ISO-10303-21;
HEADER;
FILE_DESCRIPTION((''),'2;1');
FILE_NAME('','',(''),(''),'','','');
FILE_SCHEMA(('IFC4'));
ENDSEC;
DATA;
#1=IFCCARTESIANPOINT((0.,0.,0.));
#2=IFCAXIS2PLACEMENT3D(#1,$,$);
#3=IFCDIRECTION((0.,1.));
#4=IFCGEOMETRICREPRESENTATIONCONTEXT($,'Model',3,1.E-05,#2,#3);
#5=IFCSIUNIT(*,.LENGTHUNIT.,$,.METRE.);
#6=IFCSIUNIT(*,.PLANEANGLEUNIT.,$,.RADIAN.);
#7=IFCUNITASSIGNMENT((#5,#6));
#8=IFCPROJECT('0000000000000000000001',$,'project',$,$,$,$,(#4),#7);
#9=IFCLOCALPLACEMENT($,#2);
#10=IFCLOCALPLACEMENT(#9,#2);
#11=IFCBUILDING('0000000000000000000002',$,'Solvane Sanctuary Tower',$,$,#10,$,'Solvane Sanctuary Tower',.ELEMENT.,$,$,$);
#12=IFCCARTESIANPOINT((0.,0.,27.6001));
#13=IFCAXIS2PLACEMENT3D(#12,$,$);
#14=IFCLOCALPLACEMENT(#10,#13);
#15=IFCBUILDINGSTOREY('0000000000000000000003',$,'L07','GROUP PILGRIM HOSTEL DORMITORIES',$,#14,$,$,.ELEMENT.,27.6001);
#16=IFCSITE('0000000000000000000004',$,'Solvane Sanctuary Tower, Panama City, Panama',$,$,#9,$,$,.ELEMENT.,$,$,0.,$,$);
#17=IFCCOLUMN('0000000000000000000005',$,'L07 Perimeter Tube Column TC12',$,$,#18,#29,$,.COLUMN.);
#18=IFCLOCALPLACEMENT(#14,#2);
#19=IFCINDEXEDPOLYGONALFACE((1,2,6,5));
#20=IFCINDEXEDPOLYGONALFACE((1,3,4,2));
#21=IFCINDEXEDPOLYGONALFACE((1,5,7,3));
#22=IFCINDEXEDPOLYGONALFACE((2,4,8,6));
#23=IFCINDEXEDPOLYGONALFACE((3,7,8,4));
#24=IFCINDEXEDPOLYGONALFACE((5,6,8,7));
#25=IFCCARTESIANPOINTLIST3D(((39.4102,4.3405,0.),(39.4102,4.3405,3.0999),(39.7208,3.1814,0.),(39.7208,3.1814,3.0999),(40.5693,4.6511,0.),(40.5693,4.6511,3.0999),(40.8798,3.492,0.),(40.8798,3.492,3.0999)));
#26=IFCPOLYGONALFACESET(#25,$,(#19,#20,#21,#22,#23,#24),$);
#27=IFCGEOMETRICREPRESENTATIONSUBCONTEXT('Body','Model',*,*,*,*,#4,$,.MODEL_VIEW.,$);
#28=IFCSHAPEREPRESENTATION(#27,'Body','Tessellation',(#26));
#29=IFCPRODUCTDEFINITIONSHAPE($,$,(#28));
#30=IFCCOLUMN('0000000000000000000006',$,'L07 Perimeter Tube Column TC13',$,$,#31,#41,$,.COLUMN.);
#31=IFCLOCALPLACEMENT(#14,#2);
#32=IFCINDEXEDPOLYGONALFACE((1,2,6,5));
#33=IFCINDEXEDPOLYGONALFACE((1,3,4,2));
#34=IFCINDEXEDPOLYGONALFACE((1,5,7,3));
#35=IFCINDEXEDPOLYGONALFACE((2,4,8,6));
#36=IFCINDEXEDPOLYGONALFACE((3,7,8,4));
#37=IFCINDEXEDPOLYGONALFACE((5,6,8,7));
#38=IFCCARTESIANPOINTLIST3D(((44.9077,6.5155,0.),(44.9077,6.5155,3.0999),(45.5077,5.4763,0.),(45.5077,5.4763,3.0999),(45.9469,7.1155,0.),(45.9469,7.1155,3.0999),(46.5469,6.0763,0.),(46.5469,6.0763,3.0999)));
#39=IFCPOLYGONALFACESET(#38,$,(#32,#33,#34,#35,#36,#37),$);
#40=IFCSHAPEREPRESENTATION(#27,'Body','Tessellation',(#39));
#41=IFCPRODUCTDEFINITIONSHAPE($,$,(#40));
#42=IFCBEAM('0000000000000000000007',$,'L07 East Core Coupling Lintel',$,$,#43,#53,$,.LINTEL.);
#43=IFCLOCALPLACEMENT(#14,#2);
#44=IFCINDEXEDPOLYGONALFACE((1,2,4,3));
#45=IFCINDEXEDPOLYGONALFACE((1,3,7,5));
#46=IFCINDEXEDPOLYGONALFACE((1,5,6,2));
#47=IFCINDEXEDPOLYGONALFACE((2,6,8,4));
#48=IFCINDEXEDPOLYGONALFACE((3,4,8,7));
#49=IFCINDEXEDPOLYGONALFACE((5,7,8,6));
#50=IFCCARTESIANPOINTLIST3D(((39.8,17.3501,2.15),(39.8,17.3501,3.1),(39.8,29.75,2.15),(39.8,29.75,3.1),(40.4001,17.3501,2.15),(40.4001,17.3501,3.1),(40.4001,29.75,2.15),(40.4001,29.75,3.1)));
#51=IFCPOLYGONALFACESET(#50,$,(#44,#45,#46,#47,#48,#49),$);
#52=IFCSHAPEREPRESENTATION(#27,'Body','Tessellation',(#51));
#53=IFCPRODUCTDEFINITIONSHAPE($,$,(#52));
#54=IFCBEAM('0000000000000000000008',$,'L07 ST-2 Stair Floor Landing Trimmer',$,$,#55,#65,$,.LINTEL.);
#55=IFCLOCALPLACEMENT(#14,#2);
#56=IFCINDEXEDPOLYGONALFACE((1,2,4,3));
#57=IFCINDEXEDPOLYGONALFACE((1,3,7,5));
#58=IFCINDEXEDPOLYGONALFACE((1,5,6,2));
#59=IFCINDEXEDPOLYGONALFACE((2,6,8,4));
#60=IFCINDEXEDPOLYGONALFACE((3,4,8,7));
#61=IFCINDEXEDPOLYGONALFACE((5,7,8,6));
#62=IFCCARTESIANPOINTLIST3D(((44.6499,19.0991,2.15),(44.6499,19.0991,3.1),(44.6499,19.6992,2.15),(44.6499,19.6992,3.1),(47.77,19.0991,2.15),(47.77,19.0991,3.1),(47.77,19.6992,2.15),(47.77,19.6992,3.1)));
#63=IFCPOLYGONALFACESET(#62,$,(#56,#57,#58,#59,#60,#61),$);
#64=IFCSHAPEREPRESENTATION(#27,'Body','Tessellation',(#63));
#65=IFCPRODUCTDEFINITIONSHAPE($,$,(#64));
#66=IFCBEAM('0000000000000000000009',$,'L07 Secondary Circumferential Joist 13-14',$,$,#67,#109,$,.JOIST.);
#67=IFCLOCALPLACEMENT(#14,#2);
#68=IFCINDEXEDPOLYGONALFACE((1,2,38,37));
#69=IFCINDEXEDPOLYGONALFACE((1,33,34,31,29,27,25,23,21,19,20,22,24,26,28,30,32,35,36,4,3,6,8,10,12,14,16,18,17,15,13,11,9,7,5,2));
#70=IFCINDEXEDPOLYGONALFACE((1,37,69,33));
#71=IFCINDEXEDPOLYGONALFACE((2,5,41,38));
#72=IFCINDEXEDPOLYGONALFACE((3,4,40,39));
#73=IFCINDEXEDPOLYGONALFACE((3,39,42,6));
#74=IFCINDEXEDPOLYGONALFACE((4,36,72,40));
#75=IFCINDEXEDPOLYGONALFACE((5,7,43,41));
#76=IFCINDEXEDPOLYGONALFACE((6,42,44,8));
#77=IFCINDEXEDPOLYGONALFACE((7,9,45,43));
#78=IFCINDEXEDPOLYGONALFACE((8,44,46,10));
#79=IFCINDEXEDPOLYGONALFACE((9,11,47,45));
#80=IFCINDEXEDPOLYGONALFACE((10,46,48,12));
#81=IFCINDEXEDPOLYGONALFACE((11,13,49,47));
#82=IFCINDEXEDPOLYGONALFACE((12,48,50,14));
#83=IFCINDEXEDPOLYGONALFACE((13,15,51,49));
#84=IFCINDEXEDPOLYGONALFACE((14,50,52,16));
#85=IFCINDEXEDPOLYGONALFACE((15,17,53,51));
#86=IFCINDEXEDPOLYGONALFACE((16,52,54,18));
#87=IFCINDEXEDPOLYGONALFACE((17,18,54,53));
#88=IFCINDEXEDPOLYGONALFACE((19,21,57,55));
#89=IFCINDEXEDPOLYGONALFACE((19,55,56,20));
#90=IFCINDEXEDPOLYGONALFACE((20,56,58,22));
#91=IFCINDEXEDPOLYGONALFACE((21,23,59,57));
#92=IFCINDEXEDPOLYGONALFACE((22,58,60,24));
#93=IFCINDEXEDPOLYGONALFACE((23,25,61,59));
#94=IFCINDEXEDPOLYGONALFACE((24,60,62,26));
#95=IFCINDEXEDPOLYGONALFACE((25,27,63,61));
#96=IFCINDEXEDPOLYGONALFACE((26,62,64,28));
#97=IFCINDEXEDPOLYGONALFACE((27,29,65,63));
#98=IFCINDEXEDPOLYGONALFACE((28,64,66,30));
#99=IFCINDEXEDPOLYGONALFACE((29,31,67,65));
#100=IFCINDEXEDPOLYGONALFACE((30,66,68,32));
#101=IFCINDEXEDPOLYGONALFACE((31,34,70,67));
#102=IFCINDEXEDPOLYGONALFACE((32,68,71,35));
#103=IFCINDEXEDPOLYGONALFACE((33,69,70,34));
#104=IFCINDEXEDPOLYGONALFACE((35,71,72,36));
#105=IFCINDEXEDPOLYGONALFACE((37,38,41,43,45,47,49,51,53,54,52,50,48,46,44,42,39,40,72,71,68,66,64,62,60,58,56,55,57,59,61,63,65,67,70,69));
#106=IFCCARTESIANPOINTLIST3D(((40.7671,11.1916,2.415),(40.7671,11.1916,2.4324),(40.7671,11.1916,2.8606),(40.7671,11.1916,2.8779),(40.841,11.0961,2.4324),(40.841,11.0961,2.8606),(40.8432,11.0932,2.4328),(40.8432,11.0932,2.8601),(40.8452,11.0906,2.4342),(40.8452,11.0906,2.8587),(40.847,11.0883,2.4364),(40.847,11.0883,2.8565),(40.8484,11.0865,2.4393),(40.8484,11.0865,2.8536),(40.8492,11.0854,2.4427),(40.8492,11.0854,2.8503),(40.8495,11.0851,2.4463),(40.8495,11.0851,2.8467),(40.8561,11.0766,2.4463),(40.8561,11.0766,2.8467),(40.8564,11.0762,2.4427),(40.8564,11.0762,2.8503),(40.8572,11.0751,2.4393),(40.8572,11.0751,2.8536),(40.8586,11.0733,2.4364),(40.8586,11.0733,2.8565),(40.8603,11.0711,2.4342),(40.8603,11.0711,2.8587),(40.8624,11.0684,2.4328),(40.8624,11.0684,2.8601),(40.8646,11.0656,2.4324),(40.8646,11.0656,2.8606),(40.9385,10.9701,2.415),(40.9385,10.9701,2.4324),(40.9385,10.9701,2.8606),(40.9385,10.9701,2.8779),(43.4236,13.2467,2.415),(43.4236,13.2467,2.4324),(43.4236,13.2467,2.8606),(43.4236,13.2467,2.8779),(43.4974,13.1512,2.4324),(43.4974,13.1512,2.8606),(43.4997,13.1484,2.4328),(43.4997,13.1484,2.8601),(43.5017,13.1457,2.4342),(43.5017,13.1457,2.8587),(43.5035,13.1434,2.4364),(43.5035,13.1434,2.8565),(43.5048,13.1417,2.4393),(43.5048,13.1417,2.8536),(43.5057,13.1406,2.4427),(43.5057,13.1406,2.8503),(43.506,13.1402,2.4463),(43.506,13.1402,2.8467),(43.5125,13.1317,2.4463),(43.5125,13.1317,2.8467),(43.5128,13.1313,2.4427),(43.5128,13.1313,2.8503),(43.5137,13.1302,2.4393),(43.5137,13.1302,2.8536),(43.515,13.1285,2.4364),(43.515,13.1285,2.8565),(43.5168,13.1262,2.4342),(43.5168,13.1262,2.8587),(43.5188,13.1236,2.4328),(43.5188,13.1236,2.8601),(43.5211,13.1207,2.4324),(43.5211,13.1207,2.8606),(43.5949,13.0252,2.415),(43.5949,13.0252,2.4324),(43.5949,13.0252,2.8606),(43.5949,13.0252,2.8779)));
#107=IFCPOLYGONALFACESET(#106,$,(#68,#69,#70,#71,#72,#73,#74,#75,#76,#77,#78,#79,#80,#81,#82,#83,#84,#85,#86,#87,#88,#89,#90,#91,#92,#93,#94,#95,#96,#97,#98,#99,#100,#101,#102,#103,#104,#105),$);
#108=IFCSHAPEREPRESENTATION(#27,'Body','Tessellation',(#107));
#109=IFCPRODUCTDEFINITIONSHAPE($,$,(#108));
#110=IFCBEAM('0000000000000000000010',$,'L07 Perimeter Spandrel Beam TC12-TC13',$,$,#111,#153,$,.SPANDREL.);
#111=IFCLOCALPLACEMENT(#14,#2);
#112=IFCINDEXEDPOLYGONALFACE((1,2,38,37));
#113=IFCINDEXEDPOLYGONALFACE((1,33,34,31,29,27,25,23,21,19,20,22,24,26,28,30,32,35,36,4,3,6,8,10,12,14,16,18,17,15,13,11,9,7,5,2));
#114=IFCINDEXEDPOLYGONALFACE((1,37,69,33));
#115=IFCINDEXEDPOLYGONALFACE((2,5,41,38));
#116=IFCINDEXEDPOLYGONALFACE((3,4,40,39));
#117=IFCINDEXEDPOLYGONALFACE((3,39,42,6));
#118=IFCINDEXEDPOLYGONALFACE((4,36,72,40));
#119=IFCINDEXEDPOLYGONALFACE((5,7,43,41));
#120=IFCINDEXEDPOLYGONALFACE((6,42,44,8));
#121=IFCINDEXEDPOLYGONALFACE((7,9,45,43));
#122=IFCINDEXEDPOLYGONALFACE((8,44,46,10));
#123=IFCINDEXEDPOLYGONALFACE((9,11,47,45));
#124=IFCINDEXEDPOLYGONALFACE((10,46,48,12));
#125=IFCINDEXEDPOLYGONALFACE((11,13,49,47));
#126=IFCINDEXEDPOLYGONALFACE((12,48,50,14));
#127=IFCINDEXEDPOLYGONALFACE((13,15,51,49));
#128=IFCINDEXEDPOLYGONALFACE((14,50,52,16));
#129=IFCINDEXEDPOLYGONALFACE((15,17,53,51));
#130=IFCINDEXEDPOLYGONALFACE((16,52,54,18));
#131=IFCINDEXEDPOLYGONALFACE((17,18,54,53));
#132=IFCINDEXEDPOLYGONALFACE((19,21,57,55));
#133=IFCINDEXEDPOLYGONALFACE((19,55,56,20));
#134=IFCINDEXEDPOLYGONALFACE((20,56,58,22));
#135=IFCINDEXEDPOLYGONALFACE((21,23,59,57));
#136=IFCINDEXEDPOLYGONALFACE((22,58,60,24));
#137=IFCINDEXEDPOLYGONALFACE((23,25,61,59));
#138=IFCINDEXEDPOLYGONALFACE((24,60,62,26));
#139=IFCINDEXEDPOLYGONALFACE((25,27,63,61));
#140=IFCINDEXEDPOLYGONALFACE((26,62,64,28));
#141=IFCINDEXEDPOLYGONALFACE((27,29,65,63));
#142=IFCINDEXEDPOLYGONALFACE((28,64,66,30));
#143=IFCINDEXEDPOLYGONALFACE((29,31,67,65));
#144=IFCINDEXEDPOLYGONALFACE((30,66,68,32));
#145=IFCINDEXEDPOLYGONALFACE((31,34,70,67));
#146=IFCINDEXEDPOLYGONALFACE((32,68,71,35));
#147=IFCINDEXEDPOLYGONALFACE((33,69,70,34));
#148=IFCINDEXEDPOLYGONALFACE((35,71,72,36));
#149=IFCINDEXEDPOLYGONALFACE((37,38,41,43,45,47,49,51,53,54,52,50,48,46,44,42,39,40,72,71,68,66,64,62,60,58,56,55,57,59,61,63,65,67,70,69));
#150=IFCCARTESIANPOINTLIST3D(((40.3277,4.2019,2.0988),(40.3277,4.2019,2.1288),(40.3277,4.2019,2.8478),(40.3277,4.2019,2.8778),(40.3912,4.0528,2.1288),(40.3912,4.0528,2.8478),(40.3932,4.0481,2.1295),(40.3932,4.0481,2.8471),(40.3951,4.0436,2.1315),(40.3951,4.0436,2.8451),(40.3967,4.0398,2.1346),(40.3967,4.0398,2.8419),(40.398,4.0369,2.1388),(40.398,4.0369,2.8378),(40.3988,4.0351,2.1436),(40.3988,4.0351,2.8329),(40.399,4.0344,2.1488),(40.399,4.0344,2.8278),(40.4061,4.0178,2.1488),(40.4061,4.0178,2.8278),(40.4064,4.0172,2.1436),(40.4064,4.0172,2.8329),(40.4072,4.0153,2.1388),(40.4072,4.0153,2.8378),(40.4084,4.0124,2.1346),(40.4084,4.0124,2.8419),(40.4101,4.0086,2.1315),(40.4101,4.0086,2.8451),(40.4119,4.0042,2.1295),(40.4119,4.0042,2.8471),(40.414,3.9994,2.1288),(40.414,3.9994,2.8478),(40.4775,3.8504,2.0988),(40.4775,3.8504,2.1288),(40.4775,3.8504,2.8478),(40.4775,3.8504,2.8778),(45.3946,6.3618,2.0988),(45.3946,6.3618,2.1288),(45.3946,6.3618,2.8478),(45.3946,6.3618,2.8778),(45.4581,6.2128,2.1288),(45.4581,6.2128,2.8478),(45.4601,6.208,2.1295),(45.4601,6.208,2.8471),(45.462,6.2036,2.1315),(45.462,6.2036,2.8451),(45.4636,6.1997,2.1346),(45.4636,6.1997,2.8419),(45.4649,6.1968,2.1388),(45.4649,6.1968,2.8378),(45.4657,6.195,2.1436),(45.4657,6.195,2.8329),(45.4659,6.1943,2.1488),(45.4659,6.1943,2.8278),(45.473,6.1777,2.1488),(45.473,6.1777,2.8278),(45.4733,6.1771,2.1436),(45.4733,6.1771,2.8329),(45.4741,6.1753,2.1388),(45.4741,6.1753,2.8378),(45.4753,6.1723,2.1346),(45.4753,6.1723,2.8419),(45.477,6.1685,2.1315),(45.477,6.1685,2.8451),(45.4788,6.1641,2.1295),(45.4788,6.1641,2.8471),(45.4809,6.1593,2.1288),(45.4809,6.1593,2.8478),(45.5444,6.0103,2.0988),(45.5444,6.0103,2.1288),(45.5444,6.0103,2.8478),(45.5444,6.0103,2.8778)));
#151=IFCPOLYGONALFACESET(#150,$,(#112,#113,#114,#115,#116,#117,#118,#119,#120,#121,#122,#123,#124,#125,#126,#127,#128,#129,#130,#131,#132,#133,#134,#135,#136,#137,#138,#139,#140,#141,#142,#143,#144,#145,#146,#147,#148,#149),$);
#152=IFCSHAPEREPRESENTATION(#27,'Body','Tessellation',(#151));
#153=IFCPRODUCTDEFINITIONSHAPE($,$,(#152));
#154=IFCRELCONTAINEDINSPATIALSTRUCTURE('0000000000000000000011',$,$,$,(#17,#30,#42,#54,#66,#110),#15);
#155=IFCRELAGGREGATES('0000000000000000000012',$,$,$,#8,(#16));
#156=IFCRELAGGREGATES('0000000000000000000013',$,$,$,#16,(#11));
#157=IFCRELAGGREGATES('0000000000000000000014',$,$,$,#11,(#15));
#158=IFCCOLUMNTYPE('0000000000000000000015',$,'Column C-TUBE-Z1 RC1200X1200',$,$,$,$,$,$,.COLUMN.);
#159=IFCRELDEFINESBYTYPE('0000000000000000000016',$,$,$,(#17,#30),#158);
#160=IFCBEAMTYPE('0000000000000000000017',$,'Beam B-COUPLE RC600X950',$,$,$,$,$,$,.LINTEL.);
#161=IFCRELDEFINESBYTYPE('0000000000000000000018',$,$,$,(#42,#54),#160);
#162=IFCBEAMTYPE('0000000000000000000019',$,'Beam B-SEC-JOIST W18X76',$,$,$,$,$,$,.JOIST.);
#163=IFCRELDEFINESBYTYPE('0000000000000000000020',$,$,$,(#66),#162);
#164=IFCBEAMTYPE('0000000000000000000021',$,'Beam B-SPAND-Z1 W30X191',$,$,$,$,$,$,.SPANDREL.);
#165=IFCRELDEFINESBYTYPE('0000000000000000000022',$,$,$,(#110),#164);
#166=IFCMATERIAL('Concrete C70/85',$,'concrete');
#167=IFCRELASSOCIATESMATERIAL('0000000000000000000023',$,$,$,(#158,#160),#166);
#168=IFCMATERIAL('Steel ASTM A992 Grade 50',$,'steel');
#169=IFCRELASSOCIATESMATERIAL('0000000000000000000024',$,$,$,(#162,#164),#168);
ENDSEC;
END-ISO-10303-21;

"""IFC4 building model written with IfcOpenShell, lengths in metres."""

from ifc_helpers import new_model, si_unit, direction, frame, origin, origin_2d, place, context, subcontext, project, spatial, rectangle, i_section, extrude, material, material_profile, profile_set, type_object, element, save


model = new_model("IFC4")

# Units and contexts
model_context = context("Model", 3, precision=1e-05, world=origin(), true_north=direction((0.0, 1.0)))
body_context = subcontext(model_context, "Body", "Model", "MODEL_VIEW")
ifc_project = project(units=[si_unit("LENGTHUNIT", "METRE"), si_unit("PLANEANGLEUNIT", "RADIAN")], contexts=[model_context])

# Site, building, storey
site_placement = place(None, origin())
site = spatial("IfcSite", under=ifc_project, at=site_placement, Name="Solvane Sanctuary Tower, Panama City, Panama", CompositionType="ELEMENT", RefElevation=0.0)
building_placement = place(site_placement, origin())
building = spatial("IfcBuilding", under=site, at=building_placement, Name="Solvane Sanctuary Tower", LongName="Solvane Sanctuary Tower", CompositionType="ELEMENT")
storey_placement = place(building_placement, frame((0.0, 0.0, 27.6001)))
storey = spatial("IfcBuildingStorey", under=building, at=storey_placement, Name="L07", Description="GROUP PILGRIM HOSTEL DORMITORIES", CompositionType="ELEMENT", Elevation=27.6001)

# Columns
ifc_material_1 = material(Name="Concrete C70/85", Category="concrete")
ifc_material_profile_1 = material_profile(ifc_material_1, rectangle(XDim=1.2, YDim=1.2, at=origin_2d()), Name="RC1200X1200")
ifc_profile_set_1 = profile_set([ifc_material_profile_1], Name="Concrete C70/85")
column_type = type_object("IfcColumnType", Name="Column C-TUBE-Z1 RC1200X1200", PredefinedType="COLUMN", material=ifc_profile_set_1)
for number, where, z_axis, x_axis, name in (
    (1, (40.145, 3.9163, 0.0), (0.0, 0.0, 1.0), (0.258819, -0.965926, 0.0), "L07 Perimeter Tube Column TC12"),
    (2, (45.7273, 6.2959, 0.0), (0.0, 0.0, 1.0), (0.5, -0.866025, 0.0), "L07 Perimeter Tube Column TC13"),
):
    element("IfcColumn", number, at=place(storey_placement, frame(where, z_axis=z_axis, x_axis=x_axis)), inside=storey, type_object=column_type, Name=name, PredefinedType="COLUMN", context=body_context, shape_type="SweptSolid", body=[
        extrude(rectangle(XDim=1.2, YDim=1.2, at=origin_2d()), origin(), (0.0, 0.0, 1.0), 3.0999),
    ])

# Beams
ifc_material_profile_2 = material_profile(ifc_material_1, rectangle(XDim=0.6001, YDim=0.95, at=origin_2d()), Name="RC600X950")
ifc_profile_set_2 = profile_set([ifc_material_profile_2], Name="Concrete C70/85")
beam_type_1 = type_object("IfcBeamType", Name="Beam B-COUPLE RC600X950", PredefinedType="LINTEL", material=ifc_profile_set_2)
beam_1_placement = place(storey_placement, frame((40.1001, 17.3501, 2.625), z_axis=(0.0, 1.0, 0.0), x_axis=(-1.0, 0.0, 0.0)))
element("IfcBeam", 3, at=beam_1_placement, inside=storey, type_object=beam_type_1, Name="L07 East Core Coupling Lintel", PredefinedType="LINTEL", context=body_context, shape_type="SweptSolid", body=[
    extrude(rectangle(XDim=0.6001, YDim=0.95, at=origin_2d()), origin(), (0.0, 0.0, 1.0), 12.3999),
])
beam_2_placement = place(storey_placement, frame((44.6499, 19.3992, 2.625), z_axis=(1.0, 0.0, 0.0), x_axis=(0.0, 1.0, 0.0)))
element("IfcBeam", 4, at=beam_2_placement, inside=storey, type_object=beam_type_1, Name="L07 ST-2 Stair Floor Landing Trimmer", PredefinedType="LINTEL", context=body_context, shape_type="SweptSolid", body=[
    extrude(rectangle(XDim=0.6001, YDim=0.95, at=origin_2d()), origin(), (0.0, 0.0, 1.0), 3.1201),
])
ifc_material_2 = material(Name="Steel ASTM A992 Grade 50", Category="steel")
ifc_material_profile_3 = material_profile(ifc_material_2, i_section(OverallWidth=0.28, OverallDepth=0.4629, WebThickness=0.0107, FlangeThickness=0.0173, FilletRadius=0.0139, at=origin_2d()), Name="W18X76")
ifc_profile_set_3 = profile_set([ifc_material_profile_3], Name="Steel ASTM A992 Grade 50")
beam_type_2 = type_object("IfcBeamType", Name="Beam B-SEC-JOIST W18X76", PredefinedType="JOIST", material=ifc_profile_set_3)
beam_3_placement = place(storey_placement, frame((40.8528, 11.0808, 2.6465), z_axis=(0.790935, 0.6119, 0.0), x_axis=(-0.6119, 0.790935, 0.0)))
element("IfcBeam", 5, at=beam_3_placement, inside=storey, type_object=beam_type_2, Name="L07 Secondary Circumferential Joist 13-14", PredefinedType="JOIST", context=body_context, shape_type="SweptSolid", body=[
    extrude(i_section(OverallWidth=0.28, OverallDepth=0.4629, WebThickness=0.0107, FlangeThickness=0.0173, FilletRadius=0.0139, at=origin_2d()), origin(), (0.0, 0.0, 1.0), 3.3586),
])
ifc_material_profile_4 = material_profile(ifc_material_2, i_section(OverallWidth=0.3821, OverallDepth=0.7791, WebThickness=0.0181, FlangeThickness=0.03, FilletRadius=0.02, at=origin_2d()), Name="W30X191")
ifc_profile_set_4 = profile_set([ifc_material_profile_4], Name="Steel ASTM A992 Grade 50")
beam_type_3 = type_object("IfcBeamType", Name="Beam B-SPAND-Z1 W30X191", PredefinedType="SPANDREL", material=ifc_profile_set_4)
beam_4_placement = place(storey_placement, frame((40.4026, 4.0261, 2.4883), z_axis=(0.919907, 0.392137, 0.0), x_axis=(-0.392137, 0.919907, 0.0)))
element("IfcBeam", 6, at=beam_4_placement, inside=storey, type_object=beam_type_3, Name="L07 Perimeter Spandrel Beam TC12-TC13", PredefinedType="SPANDREL", context=body_context, shape_type="SweptSolid", body=[
    extrude(i_section(OverallWidth=0.3821, OverallDepth=0.7791, WebThickness=0.0181, FlangeThickness=0.03, FilletRadius=0.02, at=origin_2d()), origin(), (0.0, 0.0, 1.0), 5.5081),
])

save(model, "model.ifc")
